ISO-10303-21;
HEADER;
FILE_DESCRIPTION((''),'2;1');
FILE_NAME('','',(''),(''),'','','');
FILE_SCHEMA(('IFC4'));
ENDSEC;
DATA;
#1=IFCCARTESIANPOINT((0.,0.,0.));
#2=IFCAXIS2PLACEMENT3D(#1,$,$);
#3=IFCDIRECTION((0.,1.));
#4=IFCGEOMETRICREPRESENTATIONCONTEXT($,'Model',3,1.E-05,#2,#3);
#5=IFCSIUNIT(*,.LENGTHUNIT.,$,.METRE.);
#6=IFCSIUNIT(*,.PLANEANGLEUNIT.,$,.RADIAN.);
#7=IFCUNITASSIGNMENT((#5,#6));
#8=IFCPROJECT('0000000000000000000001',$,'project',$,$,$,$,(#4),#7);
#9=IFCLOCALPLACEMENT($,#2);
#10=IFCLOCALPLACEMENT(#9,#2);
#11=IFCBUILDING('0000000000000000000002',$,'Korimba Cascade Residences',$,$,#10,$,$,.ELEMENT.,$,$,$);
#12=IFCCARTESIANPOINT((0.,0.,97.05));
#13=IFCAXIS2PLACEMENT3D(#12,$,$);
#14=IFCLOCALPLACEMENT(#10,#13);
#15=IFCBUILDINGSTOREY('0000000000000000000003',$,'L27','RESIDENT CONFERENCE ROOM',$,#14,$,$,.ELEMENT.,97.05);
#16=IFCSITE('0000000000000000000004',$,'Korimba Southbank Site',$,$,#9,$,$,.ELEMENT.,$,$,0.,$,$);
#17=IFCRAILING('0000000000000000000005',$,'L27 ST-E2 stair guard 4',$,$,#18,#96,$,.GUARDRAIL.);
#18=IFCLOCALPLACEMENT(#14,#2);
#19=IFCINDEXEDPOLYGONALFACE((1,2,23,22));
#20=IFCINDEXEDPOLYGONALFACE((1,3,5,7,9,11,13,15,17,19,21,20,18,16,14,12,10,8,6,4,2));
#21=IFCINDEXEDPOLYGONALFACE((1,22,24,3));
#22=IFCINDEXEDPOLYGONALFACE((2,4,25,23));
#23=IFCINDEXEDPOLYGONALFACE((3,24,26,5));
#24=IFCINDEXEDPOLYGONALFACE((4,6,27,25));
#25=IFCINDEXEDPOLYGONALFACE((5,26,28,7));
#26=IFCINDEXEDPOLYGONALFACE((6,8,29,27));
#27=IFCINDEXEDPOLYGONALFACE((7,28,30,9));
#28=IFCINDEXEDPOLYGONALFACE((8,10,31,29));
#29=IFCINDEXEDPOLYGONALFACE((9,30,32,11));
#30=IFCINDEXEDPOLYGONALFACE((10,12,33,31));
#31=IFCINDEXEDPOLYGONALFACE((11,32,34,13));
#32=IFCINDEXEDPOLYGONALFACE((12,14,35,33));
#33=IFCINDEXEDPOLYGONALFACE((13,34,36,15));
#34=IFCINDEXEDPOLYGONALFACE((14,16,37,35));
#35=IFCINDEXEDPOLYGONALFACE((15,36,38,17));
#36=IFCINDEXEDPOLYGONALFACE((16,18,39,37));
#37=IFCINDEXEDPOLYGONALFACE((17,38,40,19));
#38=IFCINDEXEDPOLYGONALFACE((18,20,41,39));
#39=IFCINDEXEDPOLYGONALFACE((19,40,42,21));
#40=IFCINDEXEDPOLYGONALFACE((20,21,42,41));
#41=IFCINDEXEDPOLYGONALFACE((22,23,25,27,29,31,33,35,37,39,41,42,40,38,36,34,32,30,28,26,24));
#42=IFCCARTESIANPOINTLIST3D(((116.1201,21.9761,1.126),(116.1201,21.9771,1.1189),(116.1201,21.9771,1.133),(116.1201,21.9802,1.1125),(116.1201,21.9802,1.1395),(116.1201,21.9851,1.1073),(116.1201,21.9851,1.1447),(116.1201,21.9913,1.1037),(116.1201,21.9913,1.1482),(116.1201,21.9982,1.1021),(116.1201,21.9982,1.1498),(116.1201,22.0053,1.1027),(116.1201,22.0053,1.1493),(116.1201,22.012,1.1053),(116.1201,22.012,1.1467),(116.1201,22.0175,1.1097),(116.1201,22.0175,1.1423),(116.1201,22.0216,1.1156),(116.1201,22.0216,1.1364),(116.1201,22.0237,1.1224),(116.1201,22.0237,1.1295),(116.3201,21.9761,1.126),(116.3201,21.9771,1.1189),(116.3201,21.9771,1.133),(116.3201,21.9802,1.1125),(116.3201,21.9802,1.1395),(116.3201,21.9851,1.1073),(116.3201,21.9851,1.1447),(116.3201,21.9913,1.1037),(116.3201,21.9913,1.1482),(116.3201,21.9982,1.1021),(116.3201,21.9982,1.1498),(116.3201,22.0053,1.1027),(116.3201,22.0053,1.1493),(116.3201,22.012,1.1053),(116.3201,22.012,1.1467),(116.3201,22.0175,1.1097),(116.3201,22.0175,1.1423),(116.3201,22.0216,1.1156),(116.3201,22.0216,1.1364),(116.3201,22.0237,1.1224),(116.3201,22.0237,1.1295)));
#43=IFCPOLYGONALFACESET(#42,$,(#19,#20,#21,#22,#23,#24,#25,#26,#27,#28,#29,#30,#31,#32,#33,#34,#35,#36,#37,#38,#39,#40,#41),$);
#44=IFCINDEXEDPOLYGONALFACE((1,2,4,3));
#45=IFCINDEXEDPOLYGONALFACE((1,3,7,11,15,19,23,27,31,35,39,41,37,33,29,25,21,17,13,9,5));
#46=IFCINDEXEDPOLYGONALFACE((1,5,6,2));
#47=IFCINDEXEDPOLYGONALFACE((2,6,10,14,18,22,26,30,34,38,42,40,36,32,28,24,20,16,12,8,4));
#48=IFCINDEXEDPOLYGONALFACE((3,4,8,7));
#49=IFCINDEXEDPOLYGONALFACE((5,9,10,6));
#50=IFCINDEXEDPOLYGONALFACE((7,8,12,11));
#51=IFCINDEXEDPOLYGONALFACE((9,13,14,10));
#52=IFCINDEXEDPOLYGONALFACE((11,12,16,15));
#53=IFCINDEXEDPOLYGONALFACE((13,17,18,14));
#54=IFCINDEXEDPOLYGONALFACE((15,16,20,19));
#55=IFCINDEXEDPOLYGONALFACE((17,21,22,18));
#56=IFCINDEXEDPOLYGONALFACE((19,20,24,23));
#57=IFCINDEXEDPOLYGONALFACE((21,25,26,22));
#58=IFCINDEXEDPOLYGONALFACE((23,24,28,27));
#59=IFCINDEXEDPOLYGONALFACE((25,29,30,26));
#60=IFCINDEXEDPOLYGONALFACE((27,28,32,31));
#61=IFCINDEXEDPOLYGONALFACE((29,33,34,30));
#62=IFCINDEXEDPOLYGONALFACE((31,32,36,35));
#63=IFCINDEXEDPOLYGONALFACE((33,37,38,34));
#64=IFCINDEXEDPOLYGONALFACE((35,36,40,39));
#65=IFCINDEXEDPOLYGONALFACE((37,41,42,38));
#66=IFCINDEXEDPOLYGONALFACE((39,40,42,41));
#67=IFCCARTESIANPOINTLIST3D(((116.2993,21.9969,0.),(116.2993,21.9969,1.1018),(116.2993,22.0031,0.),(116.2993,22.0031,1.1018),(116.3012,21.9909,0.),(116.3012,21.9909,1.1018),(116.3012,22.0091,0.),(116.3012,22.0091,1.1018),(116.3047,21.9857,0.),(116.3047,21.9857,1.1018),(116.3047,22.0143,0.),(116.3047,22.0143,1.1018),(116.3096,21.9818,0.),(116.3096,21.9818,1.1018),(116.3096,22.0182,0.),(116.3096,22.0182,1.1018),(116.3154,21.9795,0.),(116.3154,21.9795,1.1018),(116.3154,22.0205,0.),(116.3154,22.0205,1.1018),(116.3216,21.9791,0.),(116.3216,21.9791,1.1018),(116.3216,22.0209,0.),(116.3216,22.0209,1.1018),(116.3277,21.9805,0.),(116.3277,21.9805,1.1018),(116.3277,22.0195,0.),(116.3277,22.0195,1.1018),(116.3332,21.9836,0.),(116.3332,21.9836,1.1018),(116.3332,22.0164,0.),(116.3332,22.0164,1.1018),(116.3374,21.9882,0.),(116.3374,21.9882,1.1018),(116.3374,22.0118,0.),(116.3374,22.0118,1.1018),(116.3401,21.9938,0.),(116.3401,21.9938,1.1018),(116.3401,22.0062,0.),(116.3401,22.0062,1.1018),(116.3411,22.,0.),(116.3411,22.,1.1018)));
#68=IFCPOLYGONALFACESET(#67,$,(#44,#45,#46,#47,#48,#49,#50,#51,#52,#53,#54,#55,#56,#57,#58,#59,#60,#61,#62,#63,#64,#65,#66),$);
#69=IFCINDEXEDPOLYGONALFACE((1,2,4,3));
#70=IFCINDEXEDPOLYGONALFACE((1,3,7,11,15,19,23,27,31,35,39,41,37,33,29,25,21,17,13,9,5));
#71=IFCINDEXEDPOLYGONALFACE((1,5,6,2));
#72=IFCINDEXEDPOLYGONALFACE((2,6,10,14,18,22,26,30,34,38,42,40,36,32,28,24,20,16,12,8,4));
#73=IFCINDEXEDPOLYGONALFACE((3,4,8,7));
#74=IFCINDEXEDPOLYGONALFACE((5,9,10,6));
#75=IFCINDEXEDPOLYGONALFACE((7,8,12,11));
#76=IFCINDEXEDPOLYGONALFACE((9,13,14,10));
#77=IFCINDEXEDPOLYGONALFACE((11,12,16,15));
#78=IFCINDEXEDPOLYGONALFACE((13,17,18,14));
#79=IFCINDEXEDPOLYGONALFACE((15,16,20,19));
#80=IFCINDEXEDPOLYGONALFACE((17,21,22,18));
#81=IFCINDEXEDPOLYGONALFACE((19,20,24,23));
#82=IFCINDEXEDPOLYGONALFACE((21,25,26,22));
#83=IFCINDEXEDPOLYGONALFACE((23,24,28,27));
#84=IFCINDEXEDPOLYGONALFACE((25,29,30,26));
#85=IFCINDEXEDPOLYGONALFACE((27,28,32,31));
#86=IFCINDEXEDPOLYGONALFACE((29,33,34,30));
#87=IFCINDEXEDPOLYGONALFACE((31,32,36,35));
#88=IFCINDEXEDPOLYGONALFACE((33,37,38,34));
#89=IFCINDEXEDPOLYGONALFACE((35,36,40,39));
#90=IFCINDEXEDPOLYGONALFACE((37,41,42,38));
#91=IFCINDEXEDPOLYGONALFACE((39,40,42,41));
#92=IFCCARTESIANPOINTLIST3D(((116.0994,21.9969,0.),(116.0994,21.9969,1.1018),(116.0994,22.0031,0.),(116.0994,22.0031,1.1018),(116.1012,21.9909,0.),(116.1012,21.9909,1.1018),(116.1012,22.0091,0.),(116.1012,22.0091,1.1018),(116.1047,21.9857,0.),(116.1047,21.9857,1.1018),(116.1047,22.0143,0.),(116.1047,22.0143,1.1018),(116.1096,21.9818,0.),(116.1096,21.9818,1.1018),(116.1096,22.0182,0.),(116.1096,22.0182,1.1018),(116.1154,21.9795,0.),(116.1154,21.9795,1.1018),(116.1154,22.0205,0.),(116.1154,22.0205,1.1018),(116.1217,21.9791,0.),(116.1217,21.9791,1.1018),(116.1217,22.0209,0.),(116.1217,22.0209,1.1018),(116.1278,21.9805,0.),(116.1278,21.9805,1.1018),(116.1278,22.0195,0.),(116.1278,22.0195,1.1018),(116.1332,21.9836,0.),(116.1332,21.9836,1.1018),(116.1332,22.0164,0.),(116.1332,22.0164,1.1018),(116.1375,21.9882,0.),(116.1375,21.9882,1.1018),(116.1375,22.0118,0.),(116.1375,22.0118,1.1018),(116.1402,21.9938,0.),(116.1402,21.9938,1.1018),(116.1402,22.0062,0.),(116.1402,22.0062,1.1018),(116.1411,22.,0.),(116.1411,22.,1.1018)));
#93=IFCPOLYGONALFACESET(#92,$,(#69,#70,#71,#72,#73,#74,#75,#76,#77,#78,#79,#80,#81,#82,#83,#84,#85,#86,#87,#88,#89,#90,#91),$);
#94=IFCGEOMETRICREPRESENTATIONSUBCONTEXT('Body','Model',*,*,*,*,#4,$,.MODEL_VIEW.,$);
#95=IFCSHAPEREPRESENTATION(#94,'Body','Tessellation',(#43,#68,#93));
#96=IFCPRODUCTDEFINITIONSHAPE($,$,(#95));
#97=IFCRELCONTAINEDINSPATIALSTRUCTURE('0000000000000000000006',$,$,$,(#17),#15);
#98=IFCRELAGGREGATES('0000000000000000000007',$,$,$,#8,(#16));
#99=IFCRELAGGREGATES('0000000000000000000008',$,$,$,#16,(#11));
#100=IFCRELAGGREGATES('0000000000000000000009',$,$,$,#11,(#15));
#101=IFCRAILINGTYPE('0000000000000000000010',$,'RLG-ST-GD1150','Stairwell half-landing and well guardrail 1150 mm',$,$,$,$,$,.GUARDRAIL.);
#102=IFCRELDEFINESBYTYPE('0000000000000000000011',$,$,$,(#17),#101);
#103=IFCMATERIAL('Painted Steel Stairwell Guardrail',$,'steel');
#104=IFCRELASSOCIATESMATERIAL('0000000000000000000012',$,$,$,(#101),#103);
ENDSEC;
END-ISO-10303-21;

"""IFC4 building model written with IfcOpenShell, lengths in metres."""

from ifc_helpers import new_model, si_unit, direction, frame, origin, origin_2d, place, context, subcontext, project, spatial, circle, extrude, material, type_object, element, save


model = new_model("IFC4")

# Units and contexts
model_context = context("Model", 3, precision=1e-05, world=origin(), true_north=direction((0.0, 1.0)))
body_context = subcontext(model_context, "Body", "Model", "MODEL_VIEW")
ifc_project = project(units=[si_unit("LENGTHUNIT", "METRE"), si_unit("PLANEANGLEUNIT", "RADIAN")], contexts=[model_context])

# Site, building, storey
site_placement = place(None, origin())
site = spatial("IfcSite", under=ifc_project, at=site_placement, Name="Korimba Southbank Site", CompositionType="ELEMENT", RefElevation=0.0)
building_placement = place(site_placement, origin())
building = spatial("IfcBuilding", under=site, at=building_placement, Name="Korimba Cascade Residences", CompositionType="ELEMENT")
storey_placement = place(building_placement, frame((0.0, 0.0, 97.05)))
storey = spatial("IfcBuildingStorey", under=building, at=storey_placement, Name="L27", Description="RESIDENT CONFERENCE ROOM", CompositionType="ELEMENT", Elevation=97.05)

# Railing
ifc_material_1 = material(Name="Painted Steel Stairwell Guardrail", Category="steel")
railing_type_1 = type_object("IfcRailingType", Name="RLG-ST-GD1150", Description="Stairwell half-landing and well guardrail 1150 mm", PredefinedType="GUARDRAIL", material=ifc_material_1)
railing_1_placement = place(storey_placement, frame((116.3201, 22.0, 0.0)))
element("IfcRailing", 1, at=railing_1_placement, inside=storey, type_object=railing_type_1, Name="L27 ST-E2 stair guard 4", PredefinedType="GUARDRAIL", context=body_context, shape_type="SweptSolid", body=[
    extrude(circle(Radius=0.0239, at=origin_2d()), frame((0.0, 0.0, 1.126), z_axis=(-1.0, 0.0, 0.0), x_axis=(0.0, -1.0, 0.0)), (0.0, 0.0, 1.0), 0.2),
    extrude(circle(Radius=0.021, at=origin_2d()), origin(), (0.0, 0.0, 1.0), 1.1018),
    extrude(circle(Radius=0.021, at=origin_2d()), frame((-0.2, 0.0, 0.0)), (0.0, 0.0, 1.0), 1.1018),
])

save(model, "model.ifc")
